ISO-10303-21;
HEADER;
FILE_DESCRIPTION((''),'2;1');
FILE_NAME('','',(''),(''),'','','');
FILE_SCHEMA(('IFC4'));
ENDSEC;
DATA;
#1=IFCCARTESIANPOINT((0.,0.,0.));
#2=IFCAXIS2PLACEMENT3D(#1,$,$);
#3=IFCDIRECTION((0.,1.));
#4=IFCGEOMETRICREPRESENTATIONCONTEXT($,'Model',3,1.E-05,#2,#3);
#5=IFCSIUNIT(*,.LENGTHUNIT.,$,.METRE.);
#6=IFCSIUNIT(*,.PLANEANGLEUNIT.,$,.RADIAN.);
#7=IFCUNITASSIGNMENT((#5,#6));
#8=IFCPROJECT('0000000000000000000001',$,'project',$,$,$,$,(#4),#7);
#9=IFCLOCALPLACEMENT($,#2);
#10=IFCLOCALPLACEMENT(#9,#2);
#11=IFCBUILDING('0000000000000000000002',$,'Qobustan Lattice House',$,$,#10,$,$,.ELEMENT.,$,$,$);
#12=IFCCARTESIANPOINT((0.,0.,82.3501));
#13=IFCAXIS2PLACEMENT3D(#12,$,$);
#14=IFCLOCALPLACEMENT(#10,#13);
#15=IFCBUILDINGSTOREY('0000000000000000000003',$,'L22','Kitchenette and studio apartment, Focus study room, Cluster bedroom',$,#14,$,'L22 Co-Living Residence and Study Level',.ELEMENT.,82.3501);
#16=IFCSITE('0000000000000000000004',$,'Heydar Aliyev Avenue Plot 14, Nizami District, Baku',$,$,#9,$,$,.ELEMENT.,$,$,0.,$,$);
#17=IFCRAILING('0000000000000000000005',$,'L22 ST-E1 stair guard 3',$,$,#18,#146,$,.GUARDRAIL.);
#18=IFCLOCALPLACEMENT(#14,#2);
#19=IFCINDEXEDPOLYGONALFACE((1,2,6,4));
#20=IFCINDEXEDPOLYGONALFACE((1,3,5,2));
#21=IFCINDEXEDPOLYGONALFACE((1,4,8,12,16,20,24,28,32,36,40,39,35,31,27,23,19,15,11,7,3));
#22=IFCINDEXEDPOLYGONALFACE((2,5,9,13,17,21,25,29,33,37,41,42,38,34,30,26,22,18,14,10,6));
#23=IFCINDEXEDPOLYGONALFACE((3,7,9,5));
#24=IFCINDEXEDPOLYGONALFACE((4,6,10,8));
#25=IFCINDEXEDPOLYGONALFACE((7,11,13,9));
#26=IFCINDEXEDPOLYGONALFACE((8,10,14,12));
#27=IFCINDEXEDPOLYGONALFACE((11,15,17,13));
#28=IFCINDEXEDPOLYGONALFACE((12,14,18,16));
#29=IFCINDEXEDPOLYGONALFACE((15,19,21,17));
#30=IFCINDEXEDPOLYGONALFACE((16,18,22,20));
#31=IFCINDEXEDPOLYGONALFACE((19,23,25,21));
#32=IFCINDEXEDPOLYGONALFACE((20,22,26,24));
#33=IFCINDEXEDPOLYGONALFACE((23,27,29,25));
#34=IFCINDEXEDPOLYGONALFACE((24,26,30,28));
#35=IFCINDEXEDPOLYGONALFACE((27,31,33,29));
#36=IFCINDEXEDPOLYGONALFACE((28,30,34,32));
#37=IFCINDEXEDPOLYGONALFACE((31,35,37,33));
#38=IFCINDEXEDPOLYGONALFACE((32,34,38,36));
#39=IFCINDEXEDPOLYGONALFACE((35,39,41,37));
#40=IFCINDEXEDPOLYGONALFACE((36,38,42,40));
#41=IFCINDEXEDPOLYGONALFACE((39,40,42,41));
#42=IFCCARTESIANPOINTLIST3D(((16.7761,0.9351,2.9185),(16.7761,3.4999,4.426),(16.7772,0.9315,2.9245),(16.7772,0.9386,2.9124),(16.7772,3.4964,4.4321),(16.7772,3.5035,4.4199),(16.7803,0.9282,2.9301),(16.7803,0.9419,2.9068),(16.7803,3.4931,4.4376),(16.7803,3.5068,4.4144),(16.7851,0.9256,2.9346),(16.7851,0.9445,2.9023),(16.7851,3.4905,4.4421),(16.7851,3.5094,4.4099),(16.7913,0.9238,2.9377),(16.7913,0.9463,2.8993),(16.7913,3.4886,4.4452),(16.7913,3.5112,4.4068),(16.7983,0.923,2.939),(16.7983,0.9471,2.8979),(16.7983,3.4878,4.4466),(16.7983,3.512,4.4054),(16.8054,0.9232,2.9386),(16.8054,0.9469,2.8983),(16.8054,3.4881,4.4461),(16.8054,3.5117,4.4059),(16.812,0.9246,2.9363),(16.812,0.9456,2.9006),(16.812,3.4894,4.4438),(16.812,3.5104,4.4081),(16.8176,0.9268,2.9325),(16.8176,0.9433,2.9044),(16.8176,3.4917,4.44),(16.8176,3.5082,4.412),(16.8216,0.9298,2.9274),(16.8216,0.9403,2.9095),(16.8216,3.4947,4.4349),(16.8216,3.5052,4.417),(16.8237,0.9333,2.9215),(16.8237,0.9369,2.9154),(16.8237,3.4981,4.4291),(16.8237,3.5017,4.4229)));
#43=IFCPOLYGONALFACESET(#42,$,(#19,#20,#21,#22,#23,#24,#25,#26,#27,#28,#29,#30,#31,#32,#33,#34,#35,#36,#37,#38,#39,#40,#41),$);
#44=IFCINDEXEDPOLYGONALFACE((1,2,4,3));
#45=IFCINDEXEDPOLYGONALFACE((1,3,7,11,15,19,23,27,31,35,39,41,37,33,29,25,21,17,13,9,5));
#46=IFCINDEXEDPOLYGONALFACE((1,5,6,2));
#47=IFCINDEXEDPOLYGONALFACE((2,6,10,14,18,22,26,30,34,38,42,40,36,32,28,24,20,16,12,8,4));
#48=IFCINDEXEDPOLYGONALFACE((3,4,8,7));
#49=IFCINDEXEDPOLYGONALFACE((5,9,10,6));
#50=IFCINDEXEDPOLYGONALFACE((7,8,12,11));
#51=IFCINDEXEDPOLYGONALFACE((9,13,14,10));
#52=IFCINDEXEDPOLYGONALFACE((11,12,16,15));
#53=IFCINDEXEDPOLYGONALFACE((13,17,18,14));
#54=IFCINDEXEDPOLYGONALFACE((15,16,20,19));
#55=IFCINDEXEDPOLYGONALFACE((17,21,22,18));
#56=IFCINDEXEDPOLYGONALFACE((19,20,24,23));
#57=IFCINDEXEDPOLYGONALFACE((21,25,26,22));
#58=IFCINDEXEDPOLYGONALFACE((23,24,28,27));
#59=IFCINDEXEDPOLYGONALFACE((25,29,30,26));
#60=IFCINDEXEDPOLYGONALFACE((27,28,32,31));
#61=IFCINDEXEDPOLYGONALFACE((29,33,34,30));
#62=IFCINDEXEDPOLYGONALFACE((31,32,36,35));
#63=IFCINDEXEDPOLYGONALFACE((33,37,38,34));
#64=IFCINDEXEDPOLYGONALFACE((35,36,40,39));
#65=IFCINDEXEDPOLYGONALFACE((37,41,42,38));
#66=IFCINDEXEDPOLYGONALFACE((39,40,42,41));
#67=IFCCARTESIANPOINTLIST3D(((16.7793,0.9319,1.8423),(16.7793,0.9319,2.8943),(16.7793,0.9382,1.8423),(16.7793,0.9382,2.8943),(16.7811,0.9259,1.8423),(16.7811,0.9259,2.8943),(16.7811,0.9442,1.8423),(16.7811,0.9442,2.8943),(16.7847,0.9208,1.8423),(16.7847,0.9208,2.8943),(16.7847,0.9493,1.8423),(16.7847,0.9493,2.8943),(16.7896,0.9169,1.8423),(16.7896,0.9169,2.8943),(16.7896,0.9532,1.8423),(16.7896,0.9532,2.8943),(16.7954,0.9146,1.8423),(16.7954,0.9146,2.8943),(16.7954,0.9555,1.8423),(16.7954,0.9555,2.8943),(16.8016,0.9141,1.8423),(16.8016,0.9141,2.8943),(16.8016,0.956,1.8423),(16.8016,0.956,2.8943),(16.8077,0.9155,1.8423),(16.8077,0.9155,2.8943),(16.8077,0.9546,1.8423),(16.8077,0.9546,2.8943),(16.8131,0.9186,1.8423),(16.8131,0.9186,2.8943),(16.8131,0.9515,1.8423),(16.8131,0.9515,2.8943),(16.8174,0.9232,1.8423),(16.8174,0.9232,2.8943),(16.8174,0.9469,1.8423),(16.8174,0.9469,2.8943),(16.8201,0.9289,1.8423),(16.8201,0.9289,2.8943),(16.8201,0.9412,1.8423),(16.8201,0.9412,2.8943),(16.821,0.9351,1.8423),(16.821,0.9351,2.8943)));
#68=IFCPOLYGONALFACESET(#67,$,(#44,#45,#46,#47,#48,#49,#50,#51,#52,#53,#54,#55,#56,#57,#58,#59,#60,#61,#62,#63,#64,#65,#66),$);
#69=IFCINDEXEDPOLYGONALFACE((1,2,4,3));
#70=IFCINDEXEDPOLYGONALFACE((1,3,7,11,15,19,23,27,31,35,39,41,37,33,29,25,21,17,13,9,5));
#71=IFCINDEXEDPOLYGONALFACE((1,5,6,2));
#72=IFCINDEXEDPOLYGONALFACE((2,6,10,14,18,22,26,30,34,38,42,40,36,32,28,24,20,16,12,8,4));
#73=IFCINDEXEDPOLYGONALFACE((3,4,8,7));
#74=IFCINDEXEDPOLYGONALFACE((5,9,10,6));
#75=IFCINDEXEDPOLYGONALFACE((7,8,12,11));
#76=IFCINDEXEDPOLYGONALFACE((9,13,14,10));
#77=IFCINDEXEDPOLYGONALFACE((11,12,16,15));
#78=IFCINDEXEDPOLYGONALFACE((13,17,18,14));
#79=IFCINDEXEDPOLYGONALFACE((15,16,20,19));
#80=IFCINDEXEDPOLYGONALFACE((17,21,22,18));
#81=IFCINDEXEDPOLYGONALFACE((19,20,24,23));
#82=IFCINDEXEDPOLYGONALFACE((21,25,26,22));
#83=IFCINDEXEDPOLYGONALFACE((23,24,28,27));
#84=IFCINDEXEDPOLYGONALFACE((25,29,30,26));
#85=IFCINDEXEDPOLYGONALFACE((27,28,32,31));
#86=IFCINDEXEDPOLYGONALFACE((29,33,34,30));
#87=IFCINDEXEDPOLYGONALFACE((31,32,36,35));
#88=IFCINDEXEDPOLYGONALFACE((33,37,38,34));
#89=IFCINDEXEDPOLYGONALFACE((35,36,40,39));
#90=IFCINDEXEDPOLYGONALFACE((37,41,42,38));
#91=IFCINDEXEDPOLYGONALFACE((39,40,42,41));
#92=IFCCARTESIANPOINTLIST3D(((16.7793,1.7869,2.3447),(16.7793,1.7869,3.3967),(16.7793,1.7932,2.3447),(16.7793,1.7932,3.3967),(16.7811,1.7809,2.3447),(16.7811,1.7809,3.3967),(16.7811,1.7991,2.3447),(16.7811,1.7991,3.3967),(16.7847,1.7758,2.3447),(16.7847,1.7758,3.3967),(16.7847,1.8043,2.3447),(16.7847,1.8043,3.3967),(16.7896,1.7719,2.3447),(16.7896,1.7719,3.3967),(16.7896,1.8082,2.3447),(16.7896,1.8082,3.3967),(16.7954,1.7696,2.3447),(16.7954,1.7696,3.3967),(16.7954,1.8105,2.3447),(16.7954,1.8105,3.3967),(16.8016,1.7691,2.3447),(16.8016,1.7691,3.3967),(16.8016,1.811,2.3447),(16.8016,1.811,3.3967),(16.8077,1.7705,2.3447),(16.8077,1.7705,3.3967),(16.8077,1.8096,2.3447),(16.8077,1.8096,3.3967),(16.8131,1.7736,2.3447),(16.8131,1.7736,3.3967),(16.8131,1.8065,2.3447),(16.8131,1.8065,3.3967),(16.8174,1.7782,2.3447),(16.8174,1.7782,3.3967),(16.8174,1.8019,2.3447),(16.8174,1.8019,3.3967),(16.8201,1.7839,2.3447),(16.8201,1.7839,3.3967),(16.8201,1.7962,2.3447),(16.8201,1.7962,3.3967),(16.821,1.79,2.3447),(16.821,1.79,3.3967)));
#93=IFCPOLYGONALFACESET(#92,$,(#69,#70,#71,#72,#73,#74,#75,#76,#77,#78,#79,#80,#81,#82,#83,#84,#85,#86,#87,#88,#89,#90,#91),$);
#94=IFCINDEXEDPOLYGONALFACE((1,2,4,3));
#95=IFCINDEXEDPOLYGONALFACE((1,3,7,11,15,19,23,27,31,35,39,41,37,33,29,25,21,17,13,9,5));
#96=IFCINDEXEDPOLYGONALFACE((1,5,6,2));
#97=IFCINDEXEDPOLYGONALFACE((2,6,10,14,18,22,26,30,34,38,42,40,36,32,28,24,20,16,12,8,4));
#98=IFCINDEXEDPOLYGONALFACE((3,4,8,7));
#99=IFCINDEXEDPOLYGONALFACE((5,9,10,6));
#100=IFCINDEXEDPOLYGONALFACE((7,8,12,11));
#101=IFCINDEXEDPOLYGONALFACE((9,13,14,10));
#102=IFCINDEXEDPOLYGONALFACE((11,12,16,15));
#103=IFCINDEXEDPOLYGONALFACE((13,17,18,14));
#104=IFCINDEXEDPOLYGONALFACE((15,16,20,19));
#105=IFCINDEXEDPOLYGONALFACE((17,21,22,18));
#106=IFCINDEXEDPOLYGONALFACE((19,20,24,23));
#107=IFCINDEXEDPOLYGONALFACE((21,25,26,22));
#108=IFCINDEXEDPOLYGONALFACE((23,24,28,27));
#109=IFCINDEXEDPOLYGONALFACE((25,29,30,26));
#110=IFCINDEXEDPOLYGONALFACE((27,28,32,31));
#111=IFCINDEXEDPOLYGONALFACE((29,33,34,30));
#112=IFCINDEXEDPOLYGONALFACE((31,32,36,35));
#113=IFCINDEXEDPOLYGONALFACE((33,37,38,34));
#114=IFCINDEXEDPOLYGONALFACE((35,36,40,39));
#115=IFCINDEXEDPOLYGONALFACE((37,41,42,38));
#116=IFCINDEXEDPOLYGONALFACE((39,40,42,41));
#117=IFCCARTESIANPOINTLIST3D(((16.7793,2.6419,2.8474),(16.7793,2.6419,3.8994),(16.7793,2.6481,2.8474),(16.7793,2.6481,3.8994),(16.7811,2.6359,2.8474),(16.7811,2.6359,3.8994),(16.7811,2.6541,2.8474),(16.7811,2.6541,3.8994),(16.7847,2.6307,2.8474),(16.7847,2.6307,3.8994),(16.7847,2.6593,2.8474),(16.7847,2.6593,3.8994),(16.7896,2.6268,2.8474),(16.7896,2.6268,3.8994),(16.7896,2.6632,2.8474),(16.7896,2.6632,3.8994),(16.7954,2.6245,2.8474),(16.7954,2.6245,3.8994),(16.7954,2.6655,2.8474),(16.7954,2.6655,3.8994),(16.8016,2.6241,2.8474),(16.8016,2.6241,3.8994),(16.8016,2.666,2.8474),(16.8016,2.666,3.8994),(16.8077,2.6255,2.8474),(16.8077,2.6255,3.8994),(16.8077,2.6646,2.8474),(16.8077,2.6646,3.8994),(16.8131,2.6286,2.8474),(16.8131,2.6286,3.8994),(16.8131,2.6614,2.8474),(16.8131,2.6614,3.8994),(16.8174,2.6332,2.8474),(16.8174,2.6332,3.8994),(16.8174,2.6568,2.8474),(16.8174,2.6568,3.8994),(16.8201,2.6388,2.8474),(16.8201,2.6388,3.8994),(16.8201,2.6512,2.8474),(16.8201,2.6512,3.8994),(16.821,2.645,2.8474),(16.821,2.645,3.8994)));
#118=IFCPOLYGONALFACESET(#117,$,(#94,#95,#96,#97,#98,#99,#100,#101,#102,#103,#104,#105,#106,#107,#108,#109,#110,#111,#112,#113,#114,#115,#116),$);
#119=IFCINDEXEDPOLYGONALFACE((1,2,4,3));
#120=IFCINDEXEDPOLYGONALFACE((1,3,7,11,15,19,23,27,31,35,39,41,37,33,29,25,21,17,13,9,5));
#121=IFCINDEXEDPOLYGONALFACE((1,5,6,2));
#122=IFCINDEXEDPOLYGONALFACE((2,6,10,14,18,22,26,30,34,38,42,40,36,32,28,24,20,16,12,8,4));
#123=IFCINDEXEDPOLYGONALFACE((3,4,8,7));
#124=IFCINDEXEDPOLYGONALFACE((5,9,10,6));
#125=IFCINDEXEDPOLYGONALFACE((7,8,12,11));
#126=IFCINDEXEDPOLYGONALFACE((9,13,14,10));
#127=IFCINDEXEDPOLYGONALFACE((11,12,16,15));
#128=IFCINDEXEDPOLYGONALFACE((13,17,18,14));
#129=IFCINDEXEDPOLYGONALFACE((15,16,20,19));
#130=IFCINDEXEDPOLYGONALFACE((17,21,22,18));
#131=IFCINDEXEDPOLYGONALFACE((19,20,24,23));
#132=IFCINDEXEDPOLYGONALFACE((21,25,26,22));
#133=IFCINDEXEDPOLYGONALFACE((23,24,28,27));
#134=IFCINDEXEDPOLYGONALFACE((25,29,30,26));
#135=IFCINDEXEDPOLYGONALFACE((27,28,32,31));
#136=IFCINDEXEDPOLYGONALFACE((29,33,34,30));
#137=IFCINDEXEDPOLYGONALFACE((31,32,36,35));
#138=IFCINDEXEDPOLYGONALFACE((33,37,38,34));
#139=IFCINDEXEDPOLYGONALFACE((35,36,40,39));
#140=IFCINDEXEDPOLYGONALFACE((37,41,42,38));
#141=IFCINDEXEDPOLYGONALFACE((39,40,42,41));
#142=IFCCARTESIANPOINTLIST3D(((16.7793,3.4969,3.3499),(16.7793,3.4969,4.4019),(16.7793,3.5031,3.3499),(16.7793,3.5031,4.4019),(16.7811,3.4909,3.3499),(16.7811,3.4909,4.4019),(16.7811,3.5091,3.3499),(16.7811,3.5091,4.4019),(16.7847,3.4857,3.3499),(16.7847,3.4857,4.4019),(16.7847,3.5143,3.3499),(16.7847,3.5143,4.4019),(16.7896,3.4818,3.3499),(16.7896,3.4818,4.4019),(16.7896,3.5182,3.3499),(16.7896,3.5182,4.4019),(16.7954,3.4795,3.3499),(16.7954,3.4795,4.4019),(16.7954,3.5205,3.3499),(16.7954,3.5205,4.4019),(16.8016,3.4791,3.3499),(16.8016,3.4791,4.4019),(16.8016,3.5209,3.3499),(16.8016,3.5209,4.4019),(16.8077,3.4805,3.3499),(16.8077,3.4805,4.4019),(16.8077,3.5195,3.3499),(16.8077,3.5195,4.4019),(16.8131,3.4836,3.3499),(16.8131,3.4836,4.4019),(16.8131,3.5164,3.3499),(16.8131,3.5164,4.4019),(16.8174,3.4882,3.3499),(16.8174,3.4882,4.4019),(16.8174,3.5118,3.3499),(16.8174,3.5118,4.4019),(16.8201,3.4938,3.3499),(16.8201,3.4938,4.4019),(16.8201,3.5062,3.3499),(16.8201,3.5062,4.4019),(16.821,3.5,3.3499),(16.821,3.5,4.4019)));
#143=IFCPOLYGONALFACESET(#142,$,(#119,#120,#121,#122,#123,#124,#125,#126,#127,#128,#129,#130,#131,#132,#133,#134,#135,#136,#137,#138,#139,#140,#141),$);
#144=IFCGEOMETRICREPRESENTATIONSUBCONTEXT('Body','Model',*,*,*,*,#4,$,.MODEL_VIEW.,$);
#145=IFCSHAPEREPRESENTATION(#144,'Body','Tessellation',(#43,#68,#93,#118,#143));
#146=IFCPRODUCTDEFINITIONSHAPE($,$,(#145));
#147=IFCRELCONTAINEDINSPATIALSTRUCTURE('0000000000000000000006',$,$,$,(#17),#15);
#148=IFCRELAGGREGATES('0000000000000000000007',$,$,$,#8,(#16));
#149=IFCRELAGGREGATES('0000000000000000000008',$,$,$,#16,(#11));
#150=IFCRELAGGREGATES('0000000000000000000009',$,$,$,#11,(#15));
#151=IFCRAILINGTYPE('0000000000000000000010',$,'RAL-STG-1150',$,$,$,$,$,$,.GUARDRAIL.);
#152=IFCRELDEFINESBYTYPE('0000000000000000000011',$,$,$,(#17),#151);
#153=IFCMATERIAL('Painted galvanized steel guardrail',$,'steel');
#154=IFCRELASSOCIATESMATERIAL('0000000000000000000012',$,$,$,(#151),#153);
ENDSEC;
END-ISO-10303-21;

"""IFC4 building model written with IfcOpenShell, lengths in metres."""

from ifc_helpers import new_model, si_unit, direction, frame, origin, origin_2d, place, context, subcontext, project, spatial, circle, extrude, material, type_object, element, save


model = new_model("IFC4")

# Units and contexts
model_context = context("Model", 3, precision=1e-05, world=origin(), true_north=direction((0.0, 1.0)))
body_context = subcontext(model_context, "Body", "Model", "MODEL_VIEW")
ifc_project = project(units=[si_unit("LENGTHUNIT", "METRE"), si_unit("PLANEANGLEUNIT", "RADIAN")], contexts=[model_context])

# Site, building, storey
site_placement = place(None, origin())
site = spatial("IfcSite", under=ifc_project, at=site_placement, Name="Heydar Aliyev Avenue Plot 14, Nizami District, Baku", CompositionType="ELEMENT", RefElevation=0.0)
building_placement = place(site_placement, origin())
building = spatial("IfcBuilding", under=site, at=building_placement, Name="Qobustan Lattice House", CompositionType="ELEMENT")
storey_placement = place(building_placement, frame((0.0, 0.0, 82.3501)))
storey = spatial("IfcBuildingStorey", under=building, at=storey_placement, Name="L22", Description="Kitchenette and studio apartment, Focus study room, Cluster bedroom", LongName="L22 Co-Living Residence and Study Level", CompositionType="ELEMENT", Elevation=82.3501)

# Railing
ifc_material_1 = material(Name="Painted galvanized steel guardrail", Category="steel")
railing_type_1 = type_object("IfcRailingType", Name="RAL-STG-1150", PredefinedType="GUARDRAIL", material=ifc_material_1)
railing_1_placement = place(storey_placement, frame((16.8, 0.9351, 1.8423)))
element("IfcRailing", 1, at=railing_1_placement, inside=storey, type_object=railing_type_1, Name="L22 ST-E1 stair guard 3", PredefinedType="GUARDRAIL", context=body_context, shape_type="SweptSolid", body=[
    extrude(circle(Radius=0.0239, at=origin_2d()), frame((0.0, 0.0, 1.0762), z_axis=(0.0, 0.862113, 0.506715), x_axis=(-1.0, 0.0, 0.0)), (0.0, 0.0, 1.0), 2.9751),
    extrude(circle(Radius=0.021, at=origin_2d()), origin(), (0.0, 0.0, 1.0), 1.052),
    extrude(circle(Radius=0.021, at=origin_2d()), frame((0.0, 0.855, 0.5024)), (0.0, 0.0, 1.0), 1.052),
    extrude(circle(Radius=0.021, at=origin_2d()), frame((0.0, 1.71, 1.0051)), (0.0, 0.0, 1.0), 1.052),
    extrude(circle(Radius=0.021, at=origin_2d()), frame((0.0, 2.5649, 1.5076)), (0.0, 0.0, 1.0), 1.052),
])

save(model, "model.ifc")
